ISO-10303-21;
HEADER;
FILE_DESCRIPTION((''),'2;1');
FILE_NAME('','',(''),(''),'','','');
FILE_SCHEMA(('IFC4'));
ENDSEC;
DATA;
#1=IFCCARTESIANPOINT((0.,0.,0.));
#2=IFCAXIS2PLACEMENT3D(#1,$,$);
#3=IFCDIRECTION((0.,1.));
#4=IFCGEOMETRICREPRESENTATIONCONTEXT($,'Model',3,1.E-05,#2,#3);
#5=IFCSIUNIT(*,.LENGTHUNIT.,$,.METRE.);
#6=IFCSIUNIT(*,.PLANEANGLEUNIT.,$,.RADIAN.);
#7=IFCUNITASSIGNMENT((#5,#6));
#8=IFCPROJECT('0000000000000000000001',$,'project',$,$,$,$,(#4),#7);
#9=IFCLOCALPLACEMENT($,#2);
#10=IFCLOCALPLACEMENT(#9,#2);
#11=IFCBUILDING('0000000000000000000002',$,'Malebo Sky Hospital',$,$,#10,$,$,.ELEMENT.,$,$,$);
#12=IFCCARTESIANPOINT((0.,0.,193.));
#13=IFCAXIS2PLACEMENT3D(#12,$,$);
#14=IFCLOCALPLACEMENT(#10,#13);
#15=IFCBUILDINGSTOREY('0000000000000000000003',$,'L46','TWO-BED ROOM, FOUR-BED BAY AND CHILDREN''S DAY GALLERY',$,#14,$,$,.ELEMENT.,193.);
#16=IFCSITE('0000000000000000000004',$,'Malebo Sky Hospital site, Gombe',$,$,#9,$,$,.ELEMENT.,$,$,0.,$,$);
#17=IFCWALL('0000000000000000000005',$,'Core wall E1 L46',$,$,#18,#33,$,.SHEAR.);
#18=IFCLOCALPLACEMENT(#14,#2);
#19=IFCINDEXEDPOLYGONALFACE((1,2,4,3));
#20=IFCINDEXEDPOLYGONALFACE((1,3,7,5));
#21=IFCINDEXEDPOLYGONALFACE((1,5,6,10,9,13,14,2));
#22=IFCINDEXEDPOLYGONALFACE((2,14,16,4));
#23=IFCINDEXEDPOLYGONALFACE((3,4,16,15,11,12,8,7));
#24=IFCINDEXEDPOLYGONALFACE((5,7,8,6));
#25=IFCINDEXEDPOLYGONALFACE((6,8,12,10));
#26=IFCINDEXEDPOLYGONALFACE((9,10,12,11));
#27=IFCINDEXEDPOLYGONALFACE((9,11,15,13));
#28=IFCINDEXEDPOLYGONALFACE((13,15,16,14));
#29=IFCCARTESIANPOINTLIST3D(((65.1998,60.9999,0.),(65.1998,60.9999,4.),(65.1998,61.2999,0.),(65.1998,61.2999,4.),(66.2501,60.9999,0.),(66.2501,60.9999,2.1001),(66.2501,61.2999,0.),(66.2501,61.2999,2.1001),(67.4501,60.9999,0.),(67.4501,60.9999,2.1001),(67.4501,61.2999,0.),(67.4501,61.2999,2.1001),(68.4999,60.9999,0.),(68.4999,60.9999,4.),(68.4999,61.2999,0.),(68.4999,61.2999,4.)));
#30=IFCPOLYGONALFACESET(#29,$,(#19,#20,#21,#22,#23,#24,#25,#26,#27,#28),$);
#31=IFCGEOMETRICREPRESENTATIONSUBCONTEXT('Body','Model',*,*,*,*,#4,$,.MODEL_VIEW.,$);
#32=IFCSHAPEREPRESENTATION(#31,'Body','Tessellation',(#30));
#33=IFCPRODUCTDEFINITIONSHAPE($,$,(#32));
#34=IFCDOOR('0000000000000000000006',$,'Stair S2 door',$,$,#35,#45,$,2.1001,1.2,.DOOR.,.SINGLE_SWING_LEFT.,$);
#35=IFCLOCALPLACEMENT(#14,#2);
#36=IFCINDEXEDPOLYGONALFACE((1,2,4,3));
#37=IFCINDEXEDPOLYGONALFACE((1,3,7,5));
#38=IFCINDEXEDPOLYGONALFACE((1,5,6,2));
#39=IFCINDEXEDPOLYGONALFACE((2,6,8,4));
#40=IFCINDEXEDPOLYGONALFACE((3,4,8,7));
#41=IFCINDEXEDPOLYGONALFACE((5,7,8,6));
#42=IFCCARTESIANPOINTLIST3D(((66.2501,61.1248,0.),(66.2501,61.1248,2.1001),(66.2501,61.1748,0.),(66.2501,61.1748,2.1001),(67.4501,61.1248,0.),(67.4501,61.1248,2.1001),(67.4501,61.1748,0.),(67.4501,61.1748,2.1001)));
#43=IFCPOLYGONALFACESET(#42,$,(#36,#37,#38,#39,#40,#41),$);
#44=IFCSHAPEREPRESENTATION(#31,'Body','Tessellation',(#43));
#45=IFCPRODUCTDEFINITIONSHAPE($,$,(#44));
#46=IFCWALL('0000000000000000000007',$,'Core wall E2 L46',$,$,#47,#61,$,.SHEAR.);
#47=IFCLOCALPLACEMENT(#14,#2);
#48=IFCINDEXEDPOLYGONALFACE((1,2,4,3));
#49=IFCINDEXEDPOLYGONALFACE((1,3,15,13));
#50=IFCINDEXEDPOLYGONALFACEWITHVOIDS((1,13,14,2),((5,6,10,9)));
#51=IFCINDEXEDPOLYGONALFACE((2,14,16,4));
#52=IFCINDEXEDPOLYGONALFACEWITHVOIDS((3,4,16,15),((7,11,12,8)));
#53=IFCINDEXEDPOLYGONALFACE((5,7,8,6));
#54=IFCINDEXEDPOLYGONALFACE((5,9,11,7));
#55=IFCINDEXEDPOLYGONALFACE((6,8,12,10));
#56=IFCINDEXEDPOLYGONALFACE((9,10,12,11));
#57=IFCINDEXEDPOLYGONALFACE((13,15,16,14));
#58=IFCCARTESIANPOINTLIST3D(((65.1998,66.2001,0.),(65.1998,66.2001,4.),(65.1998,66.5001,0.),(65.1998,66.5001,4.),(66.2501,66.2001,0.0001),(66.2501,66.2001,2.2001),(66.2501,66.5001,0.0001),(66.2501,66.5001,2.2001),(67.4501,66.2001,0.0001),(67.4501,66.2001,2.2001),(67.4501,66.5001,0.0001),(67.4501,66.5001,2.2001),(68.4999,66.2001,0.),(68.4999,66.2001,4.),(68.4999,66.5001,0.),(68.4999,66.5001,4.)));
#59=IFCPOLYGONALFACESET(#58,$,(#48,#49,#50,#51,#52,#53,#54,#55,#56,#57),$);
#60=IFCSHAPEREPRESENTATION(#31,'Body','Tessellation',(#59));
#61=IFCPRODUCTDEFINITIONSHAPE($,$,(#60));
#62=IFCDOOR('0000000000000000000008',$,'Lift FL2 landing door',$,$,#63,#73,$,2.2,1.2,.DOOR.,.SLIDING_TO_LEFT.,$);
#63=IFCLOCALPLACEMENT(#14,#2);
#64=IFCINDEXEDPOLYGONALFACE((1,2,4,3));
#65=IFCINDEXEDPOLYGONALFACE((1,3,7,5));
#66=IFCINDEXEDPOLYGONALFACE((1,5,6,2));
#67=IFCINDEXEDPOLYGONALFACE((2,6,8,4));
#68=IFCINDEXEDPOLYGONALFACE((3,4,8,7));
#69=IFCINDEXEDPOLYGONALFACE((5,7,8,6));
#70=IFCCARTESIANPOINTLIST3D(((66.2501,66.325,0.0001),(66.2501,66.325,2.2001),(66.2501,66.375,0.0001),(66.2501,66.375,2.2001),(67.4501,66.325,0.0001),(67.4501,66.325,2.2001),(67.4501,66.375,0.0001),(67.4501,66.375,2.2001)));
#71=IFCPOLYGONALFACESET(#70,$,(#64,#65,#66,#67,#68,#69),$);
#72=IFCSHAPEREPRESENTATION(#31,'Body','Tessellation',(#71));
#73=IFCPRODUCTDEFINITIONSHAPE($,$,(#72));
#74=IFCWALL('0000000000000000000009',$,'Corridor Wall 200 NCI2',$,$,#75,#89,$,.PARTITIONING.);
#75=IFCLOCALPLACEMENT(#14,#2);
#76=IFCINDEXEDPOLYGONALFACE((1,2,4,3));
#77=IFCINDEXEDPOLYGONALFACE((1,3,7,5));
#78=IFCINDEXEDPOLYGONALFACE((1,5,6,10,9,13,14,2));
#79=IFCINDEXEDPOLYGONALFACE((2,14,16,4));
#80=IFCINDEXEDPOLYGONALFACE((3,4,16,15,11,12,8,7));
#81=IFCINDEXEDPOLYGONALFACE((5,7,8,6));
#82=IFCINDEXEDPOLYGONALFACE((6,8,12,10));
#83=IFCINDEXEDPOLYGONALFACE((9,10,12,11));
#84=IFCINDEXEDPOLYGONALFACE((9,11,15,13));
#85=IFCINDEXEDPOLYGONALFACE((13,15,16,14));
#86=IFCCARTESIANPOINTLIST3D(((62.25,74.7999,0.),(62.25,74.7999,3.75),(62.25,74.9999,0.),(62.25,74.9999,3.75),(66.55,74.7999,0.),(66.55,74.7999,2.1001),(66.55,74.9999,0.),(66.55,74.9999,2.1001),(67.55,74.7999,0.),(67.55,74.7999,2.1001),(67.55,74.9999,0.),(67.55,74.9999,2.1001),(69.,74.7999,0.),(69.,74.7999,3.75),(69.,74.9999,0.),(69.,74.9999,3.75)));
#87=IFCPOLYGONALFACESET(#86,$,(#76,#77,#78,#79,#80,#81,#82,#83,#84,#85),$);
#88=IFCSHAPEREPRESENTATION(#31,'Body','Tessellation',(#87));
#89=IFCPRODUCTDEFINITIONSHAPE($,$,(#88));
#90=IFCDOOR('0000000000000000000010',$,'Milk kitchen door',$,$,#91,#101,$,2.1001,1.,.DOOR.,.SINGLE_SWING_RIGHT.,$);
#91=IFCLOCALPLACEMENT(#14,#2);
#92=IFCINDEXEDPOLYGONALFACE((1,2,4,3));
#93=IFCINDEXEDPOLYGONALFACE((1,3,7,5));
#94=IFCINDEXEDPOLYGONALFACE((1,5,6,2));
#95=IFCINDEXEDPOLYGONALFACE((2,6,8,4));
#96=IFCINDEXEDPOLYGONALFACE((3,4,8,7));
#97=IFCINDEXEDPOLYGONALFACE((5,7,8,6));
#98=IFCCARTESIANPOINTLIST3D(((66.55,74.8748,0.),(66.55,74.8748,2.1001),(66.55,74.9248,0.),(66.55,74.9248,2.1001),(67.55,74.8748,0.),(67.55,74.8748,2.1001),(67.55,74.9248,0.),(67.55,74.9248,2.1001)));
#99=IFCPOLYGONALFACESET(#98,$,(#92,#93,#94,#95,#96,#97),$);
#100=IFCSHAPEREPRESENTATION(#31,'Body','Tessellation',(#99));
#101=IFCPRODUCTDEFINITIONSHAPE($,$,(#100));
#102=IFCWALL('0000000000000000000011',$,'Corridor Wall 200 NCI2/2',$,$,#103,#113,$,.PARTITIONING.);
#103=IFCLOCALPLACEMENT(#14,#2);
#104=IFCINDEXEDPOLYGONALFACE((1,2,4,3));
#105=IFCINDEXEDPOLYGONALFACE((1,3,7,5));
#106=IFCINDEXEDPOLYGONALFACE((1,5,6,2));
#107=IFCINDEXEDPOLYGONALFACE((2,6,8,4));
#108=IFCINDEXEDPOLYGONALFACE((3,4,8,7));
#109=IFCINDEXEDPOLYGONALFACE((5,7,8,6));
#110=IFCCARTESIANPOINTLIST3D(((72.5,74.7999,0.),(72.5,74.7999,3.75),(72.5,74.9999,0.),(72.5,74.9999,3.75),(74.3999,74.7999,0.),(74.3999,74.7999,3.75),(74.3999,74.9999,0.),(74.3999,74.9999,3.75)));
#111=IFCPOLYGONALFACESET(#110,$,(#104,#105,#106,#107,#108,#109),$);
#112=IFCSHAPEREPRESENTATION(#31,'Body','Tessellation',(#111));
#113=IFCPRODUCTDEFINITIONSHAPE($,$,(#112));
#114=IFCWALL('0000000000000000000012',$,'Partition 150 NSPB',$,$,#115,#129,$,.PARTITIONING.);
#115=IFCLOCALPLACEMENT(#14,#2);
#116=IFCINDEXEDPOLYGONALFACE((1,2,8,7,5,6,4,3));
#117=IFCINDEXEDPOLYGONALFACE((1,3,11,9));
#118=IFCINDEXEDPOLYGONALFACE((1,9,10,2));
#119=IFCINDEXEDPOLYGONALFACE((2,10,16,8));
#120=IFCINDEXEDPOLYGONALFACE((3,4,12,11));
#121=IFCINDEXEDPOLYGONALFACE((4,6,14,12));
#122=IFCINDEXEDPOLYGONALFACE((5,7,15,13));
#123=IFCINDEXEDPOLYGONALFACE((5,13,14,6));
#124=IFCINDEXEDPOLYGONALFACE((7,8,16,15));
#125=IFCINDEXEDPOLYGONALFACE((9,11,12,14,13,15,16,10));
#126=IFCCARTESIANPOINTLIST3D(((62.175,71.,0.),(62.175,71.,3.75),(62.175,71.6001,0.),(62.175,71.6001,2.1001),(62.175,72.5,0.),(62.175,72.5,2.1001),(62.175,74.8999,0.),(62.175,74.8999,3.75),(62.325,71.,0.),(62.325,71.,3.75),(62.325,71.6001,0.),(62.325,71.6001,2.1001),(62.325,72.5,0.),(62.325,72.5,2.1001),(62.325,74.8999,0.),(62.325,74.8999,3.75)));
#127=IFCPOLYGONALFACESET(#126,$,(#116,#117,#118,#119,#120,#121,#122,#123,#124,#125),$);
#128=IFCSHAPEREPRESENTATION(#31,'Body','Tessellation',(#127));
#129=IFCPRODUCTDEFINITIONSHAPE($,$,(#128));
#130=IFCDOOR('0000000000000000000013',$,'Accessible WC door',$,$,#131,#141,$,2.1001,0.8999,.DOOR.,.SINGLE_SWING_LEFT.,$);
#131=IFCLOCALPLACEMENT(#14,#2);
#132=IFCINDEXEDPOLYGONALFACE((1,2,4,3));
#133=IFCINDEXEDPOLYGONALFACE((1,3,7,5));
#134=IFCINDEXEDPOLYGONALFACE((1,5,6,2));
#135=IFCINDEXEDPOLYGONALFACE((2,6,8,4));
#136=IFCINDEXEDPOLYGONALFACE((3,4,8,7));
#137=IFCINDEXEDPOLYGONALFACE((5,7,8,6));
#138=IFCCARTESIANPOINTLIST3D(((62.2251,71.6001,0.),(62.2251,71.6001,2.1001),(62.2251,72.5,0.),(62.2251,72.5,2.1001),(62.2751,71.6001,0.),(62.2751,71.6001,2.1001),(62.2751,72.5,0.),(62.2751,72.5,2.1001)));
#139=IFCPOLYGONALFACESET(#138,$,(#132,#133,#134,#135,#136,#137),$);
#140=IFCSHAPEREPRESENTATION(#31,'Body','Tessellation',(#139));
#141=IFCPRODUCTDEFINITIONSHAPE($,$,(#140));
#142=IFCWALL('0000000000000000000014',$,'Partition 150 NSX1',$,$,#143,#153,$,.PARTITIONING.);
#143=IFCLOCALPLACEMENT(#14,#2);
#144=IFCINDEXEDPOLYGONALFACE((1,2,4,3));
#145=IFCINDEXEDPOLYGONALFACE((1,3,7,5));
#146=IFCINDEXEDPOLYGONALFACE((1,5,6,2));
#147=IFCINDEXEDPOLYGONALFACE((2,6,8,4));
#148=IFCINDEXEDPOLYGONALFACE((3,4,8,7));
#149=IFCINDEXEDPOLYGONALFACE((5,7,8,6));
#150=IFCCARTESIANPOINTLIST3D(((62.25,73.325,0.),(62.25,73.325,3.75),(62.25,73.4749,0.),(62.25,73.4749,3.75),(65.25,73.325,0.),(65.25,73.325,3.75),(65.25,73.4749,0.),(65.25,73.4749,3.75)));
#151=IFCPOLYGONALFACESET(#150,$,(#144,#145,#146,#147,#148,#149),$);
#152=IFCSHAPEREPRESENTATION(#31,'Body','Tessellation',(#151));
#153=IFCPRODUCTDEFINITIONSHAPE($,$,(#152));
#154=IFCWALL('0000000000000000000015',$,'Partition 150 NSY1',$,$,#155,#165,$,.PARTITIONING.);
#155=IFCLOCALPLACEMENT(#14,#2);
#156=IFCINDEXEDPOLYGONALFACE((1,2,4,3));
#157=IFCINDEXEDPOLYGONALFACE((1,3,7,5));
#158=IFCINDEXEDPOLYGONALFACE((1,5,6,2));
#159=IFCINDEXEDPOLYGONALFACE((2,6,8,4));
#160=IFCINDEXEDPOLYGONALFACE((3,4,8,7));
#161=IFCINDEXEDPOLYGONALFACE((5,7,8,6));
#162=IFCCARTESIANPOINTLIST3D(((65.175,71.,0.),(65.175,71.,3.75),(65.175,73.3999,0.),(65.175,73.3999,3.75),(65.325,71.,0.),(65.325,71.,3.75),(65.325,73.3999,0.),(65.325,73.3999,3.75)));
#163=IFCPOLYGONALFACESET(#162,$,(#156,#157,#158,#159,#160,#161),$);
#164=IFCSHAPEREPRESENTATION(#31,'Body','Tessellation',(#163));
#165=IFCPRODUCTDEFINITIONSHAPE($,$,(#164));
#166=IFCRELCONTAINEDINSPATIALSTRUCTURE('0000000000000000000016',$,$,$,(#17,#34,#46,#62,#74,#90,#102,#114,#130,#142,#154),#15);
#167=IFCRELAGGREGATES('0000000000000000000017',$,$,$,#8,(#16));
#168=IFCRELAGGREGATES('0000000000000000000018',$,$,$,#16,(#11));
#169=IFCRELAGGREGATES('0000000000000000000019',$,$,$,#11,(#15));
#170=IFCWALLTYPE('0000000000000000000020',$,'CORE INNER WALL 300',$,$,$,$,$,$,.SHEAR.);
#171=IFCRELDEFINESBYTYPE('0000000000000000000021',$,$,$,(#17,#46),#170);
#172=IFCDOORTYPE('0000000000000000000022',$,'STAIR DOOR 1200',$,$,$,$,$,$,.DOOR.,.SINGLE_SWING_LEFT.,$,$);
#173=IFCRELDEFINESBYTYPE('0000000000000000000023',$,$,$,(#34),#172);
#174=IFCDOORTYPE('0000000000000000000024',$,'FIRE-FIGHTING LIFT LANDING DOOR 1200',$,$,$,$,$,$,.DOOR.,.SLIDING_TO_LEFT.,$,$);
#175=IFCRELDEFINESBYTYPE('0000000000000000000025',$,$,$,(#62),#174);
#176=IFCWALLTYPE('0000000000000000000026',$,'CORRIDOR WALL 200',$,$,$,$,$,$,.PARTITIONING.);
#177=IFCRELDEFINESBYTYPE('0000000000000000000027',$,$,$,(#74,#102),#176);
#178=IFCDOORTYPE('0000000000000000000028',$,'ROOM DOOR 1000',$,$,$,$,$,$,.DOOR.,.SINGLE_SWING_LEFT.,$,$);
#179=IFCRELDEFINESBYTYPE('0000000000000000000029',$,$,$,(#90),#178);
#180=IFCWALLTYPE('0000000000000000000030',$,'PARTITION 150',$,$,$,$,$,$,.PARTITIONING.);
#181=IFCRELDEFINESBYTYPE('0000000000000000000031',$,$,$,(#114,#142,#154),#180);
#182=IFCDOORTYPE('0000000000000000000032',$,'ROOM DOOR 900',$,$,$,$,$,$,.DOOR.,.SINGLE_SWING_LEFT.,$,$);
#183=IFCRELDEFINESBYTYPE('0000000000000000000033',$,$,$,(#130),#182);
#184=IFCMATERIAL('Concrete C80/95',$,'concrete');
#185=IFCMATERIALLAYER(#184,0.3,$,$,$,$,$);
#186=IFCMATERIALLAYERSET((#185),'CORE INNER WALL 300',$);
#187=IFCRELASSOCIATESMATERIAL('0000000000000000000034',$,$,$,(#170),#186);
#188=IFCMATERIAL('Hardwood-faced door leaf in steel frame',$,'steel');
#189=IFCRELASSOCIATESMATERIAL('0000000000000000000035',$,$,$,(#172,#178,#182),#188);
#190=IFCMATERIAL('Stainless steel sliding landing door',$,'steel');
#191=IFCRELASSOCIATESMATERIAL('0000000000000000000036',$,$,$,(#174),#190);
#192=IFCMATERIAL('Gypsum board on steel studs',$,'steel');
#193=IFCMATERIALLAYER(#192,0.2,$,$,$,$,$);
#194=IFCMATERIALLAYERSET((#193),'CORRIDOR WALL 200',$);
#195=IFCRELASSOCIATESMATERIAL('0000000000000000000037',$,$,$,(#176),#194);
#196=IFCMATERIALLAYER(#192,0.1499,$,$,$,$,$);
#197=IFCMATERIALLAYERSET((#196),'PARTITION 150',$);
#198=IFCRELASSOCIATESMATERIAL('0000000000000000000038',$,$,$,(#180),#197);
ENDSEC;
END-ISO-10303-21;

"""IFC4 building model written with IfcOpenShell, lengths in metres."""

from ifc_helpers import new_model, si_unit, direction, frame, frame_2d, origin, place, context, subcontext, project, spatial, rectangle, extrude, material, layer, layer_set, type_object, element, fill, save


model = new_model("IFC4")

# Units and contexts
model_context = context("Model", 3, precision=1e-05, world=origin(), true_north=direction((0.0, 1.0)))
body_context = subcontext(model_context, "Body", "Model", "MODEL_VIEW")
ifc_project = project(units=[si_unit("LENGTHUNIT", "METRE"), si_unit("PLANEANGLEUNIT", "RADIAN")], contexts=[model_context])

# Site, building, storey
site_placement = place(None, origin())
site = spatial("IfcSite", under=ifc_project, at=site_placement, Name="Malebo Sky Hospital site, Gombe", CompositionType="ELEMENT", RefElevation=0.0)
building_placement = place(site_placement, origin())
building = spatial("IfcBuilding", under=site, at=building_placement, Name="Malebo Sky Hospital", CompositionType="ELEMENT")
storey_placement = place(building_placement, frame((0.0, 0.0, 193.0)))
storey = spatial("IfcBuildingStorey", under=building, at=storey_placement, Name="L46", Description="TWO-BED ROOM, FOUR-BED BAY AND CHILDREN'S DAY GALLERY", CompositionType="ELEMENT", Elevation=193.0)

# Shared definitions
ifc_material_1 = material(Name="Concrete C80/95", Category="concrete")

# Walls, openings, doors
ifc_layer_1 = layer(ifc_material_1, 0.3)
ifc_layer_set_1 = layer_set([ifc_layer_1], Name="CORE INNER WALL 300")
wall_type_1 = type_object("IfcWallType", Name="CORE INNER WALL 300", PredefinedType="SHEAR", material=ifc_layer_set_1)
wall_1_placement = place(storey_placement, frame((65.2, 61.1499, 0.0), z_axis=(0.0, 0.0, 1.0), x_axis=(1.0, 0.0, 0.0)))
wall_1 = element("IfcWall", 1, at=wall_1_placement, inside=storey, type_object=wall_type_1, Name="Core wall E1 L46", PredefinedType="SHEAR", context=body_context, shape_type="SweptSolid", body=[
    extrude(rectangle(XDim=3.3, YDim=0.3, at=frame_2d((1.6499, 0.0))), origin(), (0.0, 0.0, 1.0), 4.0),
])
opening_1_placement = place(wall_1_placement, frame((1.05, 0.0, 0.0)))
opening_1 = element("IfcOpeningElement", 2, at=opening_1_placement, cuts=wall_1, PredefinedType="OPENING", context=body_context, shape_type="SweptSolid", body=[
    extrude(rectangle(XDim=1.2, YDim=2.1001, at=frame_2d((0.6001, 1.05))), frame((0.0, 0.1599, 0.0), z_axis=(0.0, -1.0, 0.0), x_axis=(1.0, 0.0, 0.0)), (0.0, 0.0, 1.0), 0.3201),
])
ifc_material_2 = material(Name="Hardwood-faced door leaf in steel frame", Category="steel")
door_type_1 = type_object("IfcDoorType", Name="STAIR DOOR 1200", OperationType="SINGLE_SWING_LEFT", PredefinedType="DOOR", material=ifc_material_2)
door_1_placement = place(opening_1_placement, origin())
door_1 = element("IfcDoor", 3, at=door_1_placement, inside=storey, type_object=door_type_1, Name="Stair S2 door", OperationType="SINGLE_SWING_LEFT", OverallHeight=2.1001, OverallWidth=1.2, PredefinedType="DOOR", context=body_context, shape_type="SweptSolid", body=[
    extrude(rectangle(XDim=1.2, YDim=2.1001, at=frame_2d((0.6001, 1.05))), frame((0.0, 0.0249, 0.0), z_axis=(0.0, -1.0, 0.0), x_axis=(1.0, 0.0, 0.0)), (0.0, 0.0, 1.0), 0.05),
])
fill(opening_1, door_1)
wall_2_placement = place(storey_placement, frame((65.2, 66.3501, 0.0), z_axis=(0.0, 0.0, 1.0), x_axis=(1.0, 0.0, 0.0)))
wall_2 = element("IfcWall", 4, at=wall_2_placement, inside=storey, type_object=wall_type_1, Name="Core wall E2 L46", PredefinedType="SHEAR", context=body_context, shape_type="SweptSolid", body=[
    extrude(rectangle(XDim=3.3, YDim=0.3, at=frame_2d((1.6499, 0.0))), origin(), (0.0, 0.0, 1.0), 4.0),
])
opening_2_placement = place(wall_2_placement, frame((1.05, 0.0, 0.0)))
opening_2 = element("IfcOpeningElement", 5, at=opening_2_placement, cuts=wall_2, PredefinedType="OPENING", context=body_context, shape_type="SweptSolid", body=[
    extrude(rectangle(XDim=1.2, YDim=2.2, at=frame_2d((0.6001, 1.1001))), frame((0.0, 0.1599, 0.0), z_axis=(0.0, -1.0, 0.0), x_axis=(1.0, 0.0, 0.0)), (0.0, 0.0, 1.0), 0.3201),
])
ifc_material_3 = material(Name="Stainless steel sliding landing door", Category="steel")
door_type_2 = type_object("IfcDoorType", Name="FIRE-FIGHTING LIFT LANDING DOOR 1200", OperationType="SLIDING_TO_LEFT", PredefinedType="DOOR", material=ifc_material_3)
door_2_placement = place(opening_2_placement, origin())
door_2 = element("IfcDoor", 6, at=door_2_placement, inside=storey, type_object=door_type_2, Name="Lift FL2 landing door", OperationType="SLIDING_TO_LEFT", OverallHeight=2.2, OverallWidth=1.2, PredefinedType="DOOR", context=body_context, shape_type="SweptSolid", body=[
    extrude(rectangle(XDim=1.2, YDim=2.2, at=frame_2d((0.6001, 1.1001))), frame((0.0, 0.0249, 0.0), z_axis=(0.0, -1.0, 0.0), x_axis=(1.0, 0.0, 0.0)), (0.0, 0.0, 1.0), 0.05),
])
fill(opening_2, door_2)
ifc_material_4 = material(Name="Gypsum board on steel studs", Category="steel")
ifc_layer_2 = layer(ifc_material_4, 0.2)
ifc_layer_set_2 = layer_set([ifc_layer_2], Name="CORRIDOR WALL 200")
wall_type_2 = type_object("IfcWallType", Name="CORRIDOR WALL 200", PredefinedType="PARTITIONING", material=ifc_layer_set_2)
wall_3_placement = place(storey_placement, frame((62.25, 74.8999, 0.0), z_axis=(0.0, 0.0, 1.0), x_axis=(1.0, 0.0, 0.0)))
wall_3 = element("IfcWall", 7, at=wall_3_placement, inside=storey, type_object=wall_type_2, Name="Corridor Wall 200 NCI2", PredefinedType="PARTITIONING", context=body_context, shape_type="SweptSolid", body=[
    extrude(rectangle(XDim=6.75, YDim=0.2, at=frame_2d((3.375, 0.0))), origin(), (0.0, 0.0, 1.0), 3.75),
])
opening_3_placement = place(wall_3_placement, frame((4.3, 0.0, 0.0)))
opening_3 = element("IfcOpeningElement", 8, at=opening_3_placement, cuts=wall_3, PredefinedType="OPENING", context=body_context, shape_type="SweptSolid", body=[
    extrude(rectangle(XDim=1.0, YDim=2.1001, at=frame_2d((0.5, 1.05))), frame((0.0, 0.1099, 0.0), z_axis=(0.0, -1.0, 0.0), x_axis=(1.0, 0.0, 0.0)), (0.0, 0.0, 1.0), 0.22),
])
door_type_3 = type_object("IfcDoorType", Name="ROOM DOOR 1000", OperationType="SINGLE_SWING_LEFT", PredefinedType="DOOR", material=ifc_material_2)
door_3_placement = place(opening_3_placement, origin())
door_3 = element("IfcDoor", 9, at=door_3_placement, inside=storey, type_object=door_type_3, Name="Milk kitchen door", OperationType="SINGLE_SWING_RIGHT", OverallHeight=2.1001, OverallWidth=1.0, PredefinedType="DOOR", context=body_context, shape_type="SweptSolid", body=[
    extrude(rectangle(XDim=1.0, YDim=2.1001, at=frame_2d((0.5, 1.05))), frame((0.0, 0.0249, 0.0), z_axis=(0.0, -1.0, 0.0), x_axis=(1.0, 0.0, 0.0)), (0.0, 0.0, 1.0), 0.05),
])
fill(opening_3, door_3)

# Wall
wall_4_placement = place(storey_placement, frame((72.5, 74.8999, 0.0), z_axis=(0.0, 0.0, 1.0), x_axis=(1.0, 0.0, 0.0)))
element("IfcWall", 10, at=wall_4_placement, inside=storey, type_object=wall_type_2, Name="Corridor Wall 200 NCI2/2", PredefinedType="PARTITIONING", context=body_context, shape_type="SweptSolid", body=[
    extrude(rectangle(XDim=1.8999, YDim=0.2, at=frame_2d((0.95, 0.0))), origin(), (0.0, 0.0, 1.0), 3.75),
])

# Wall, opening, door
ifc_layer_3 = layer(ifc_material_4, 0.1499)
ifc_layer_set_3 = layer_set([ifc_layer_3], Name="PARTITION 150")
wall_type_3 = type_object("IfcWallType", Name="PARTITION 150", PredefinedType="PARTITIONING", material=ifc_layer_set_3)
wall_5_placement = place(storey_placement, frame((62.25, 71.0, 0.0), z_axis=(0.0, 0.0, 1.0), x_axis=(0.0, 1.0, 0.0)))
wall_5 = element("IfcWall", 11, at=wall_5_placement, inside=storey, type_object=wall_type_3, Name="Partition 150 NSPB", PredefinedType="PARTITIONING", context=body_context, shape_type="SweptSolid", body=[
    extrude(rectangle(XDim=3.8999, YDim=0.1499, at=frame_2d((1.95, 0.0))), origin(), (0.0, 0.0, 1.0), 3.75),
])
opening_4_placement = place(wall_5_placement, frame((0.6001, 0.0, 0.0)))
opening_4 = element("IfcOpeningElement", 12, at=opening_4_placement, cuts=wall_5, PredefinedType="OPENING", context=body_context, shape_type="SweptSolid", body=[
    extrude(rectangle(XDim=0.8999, YDim=2.1001, at=frame_2d((0.45, 1.05))), frame((0.0, 0.085, 0.0), z_axis=(0.0, -1.0, 0.0), x_axis=(1.0, 0.0, 0.0)), (0.0, 0.0, 1.0), 0.1699),
])
door_type_4 = type_object("IfcDoorType", Name="ROOM DOOR 900", OperationType="SINGLE_SWING_LEFT", PredefinedType="DOOR", material=ifc_material_2)
door_4_placement = place(opening_4_placement, origin())
door_4 = element("IfcDoor", 13, at=door_4_placement, inside=storey, type_object=door_type_4, Name="Accessible WC door", OperationType="SINGLE_SWING_LEFT", OverallHeight=2.1001, OverallWidth=0.8999, PredefinedType="DOOR", context=body_context, shape_type="SweptSolid", body=[
    extrude(rectangle(XDim=0.8999, YDim=2.1001, at=frame_2d((0.45, 1.05))), frame((0.0, 0.0249, 0.0), z_axis=(0.0, -1.0, 0.0), x_axis=(1.0, 0.0, 0.0)), (0.0, 0.0, 1.0), 0.05),
])
fill(opening_4, door_4)

# Walls
wall_6_placement = place(storey_placement, frame((62.25, 73.3999, 0.0), z_axis=(0.0, 0.0, 1.0), x_axis=(1.0, 0.0, 0.0)))
element("IfcWall", 14, at=wall_6_placement, inside=storey, type_object=wall_type_3, Name="Partition 150 NSX1", PredefinedType="PARTITIONING", context=body_context, shape_type="SweptSolid", body=[
    extrude(rectangle(XDim=3.0, YDim=0.1499, at=frame_2d((1.5, 0.0))), origin(), (0.0, 0.0, 1.0), 3.75),
])
wall_7_placement = place(storey_placement, frame((65.25, 71.0, 0.0), z_axis=(0.0, 0.0, 1.0), x_axis=(0.0, 1.0, 0.0)))
element("IfcWall", 15, at=wall_7_placement, inside=storey, type_object=wall_type_3, Name="Partition 150 NSY1", PredefinedType="PARTITIONING", context=body_context, shape_type="SweptSolid", body=[
    extrude(rectangle(XDim=2.3999, YDim=0.1499, at=frame_2d((1.2, 0.0))), origin(), (0.0, 0.0, 1.0), 3.75),
])

save(model, "model.ifc")
